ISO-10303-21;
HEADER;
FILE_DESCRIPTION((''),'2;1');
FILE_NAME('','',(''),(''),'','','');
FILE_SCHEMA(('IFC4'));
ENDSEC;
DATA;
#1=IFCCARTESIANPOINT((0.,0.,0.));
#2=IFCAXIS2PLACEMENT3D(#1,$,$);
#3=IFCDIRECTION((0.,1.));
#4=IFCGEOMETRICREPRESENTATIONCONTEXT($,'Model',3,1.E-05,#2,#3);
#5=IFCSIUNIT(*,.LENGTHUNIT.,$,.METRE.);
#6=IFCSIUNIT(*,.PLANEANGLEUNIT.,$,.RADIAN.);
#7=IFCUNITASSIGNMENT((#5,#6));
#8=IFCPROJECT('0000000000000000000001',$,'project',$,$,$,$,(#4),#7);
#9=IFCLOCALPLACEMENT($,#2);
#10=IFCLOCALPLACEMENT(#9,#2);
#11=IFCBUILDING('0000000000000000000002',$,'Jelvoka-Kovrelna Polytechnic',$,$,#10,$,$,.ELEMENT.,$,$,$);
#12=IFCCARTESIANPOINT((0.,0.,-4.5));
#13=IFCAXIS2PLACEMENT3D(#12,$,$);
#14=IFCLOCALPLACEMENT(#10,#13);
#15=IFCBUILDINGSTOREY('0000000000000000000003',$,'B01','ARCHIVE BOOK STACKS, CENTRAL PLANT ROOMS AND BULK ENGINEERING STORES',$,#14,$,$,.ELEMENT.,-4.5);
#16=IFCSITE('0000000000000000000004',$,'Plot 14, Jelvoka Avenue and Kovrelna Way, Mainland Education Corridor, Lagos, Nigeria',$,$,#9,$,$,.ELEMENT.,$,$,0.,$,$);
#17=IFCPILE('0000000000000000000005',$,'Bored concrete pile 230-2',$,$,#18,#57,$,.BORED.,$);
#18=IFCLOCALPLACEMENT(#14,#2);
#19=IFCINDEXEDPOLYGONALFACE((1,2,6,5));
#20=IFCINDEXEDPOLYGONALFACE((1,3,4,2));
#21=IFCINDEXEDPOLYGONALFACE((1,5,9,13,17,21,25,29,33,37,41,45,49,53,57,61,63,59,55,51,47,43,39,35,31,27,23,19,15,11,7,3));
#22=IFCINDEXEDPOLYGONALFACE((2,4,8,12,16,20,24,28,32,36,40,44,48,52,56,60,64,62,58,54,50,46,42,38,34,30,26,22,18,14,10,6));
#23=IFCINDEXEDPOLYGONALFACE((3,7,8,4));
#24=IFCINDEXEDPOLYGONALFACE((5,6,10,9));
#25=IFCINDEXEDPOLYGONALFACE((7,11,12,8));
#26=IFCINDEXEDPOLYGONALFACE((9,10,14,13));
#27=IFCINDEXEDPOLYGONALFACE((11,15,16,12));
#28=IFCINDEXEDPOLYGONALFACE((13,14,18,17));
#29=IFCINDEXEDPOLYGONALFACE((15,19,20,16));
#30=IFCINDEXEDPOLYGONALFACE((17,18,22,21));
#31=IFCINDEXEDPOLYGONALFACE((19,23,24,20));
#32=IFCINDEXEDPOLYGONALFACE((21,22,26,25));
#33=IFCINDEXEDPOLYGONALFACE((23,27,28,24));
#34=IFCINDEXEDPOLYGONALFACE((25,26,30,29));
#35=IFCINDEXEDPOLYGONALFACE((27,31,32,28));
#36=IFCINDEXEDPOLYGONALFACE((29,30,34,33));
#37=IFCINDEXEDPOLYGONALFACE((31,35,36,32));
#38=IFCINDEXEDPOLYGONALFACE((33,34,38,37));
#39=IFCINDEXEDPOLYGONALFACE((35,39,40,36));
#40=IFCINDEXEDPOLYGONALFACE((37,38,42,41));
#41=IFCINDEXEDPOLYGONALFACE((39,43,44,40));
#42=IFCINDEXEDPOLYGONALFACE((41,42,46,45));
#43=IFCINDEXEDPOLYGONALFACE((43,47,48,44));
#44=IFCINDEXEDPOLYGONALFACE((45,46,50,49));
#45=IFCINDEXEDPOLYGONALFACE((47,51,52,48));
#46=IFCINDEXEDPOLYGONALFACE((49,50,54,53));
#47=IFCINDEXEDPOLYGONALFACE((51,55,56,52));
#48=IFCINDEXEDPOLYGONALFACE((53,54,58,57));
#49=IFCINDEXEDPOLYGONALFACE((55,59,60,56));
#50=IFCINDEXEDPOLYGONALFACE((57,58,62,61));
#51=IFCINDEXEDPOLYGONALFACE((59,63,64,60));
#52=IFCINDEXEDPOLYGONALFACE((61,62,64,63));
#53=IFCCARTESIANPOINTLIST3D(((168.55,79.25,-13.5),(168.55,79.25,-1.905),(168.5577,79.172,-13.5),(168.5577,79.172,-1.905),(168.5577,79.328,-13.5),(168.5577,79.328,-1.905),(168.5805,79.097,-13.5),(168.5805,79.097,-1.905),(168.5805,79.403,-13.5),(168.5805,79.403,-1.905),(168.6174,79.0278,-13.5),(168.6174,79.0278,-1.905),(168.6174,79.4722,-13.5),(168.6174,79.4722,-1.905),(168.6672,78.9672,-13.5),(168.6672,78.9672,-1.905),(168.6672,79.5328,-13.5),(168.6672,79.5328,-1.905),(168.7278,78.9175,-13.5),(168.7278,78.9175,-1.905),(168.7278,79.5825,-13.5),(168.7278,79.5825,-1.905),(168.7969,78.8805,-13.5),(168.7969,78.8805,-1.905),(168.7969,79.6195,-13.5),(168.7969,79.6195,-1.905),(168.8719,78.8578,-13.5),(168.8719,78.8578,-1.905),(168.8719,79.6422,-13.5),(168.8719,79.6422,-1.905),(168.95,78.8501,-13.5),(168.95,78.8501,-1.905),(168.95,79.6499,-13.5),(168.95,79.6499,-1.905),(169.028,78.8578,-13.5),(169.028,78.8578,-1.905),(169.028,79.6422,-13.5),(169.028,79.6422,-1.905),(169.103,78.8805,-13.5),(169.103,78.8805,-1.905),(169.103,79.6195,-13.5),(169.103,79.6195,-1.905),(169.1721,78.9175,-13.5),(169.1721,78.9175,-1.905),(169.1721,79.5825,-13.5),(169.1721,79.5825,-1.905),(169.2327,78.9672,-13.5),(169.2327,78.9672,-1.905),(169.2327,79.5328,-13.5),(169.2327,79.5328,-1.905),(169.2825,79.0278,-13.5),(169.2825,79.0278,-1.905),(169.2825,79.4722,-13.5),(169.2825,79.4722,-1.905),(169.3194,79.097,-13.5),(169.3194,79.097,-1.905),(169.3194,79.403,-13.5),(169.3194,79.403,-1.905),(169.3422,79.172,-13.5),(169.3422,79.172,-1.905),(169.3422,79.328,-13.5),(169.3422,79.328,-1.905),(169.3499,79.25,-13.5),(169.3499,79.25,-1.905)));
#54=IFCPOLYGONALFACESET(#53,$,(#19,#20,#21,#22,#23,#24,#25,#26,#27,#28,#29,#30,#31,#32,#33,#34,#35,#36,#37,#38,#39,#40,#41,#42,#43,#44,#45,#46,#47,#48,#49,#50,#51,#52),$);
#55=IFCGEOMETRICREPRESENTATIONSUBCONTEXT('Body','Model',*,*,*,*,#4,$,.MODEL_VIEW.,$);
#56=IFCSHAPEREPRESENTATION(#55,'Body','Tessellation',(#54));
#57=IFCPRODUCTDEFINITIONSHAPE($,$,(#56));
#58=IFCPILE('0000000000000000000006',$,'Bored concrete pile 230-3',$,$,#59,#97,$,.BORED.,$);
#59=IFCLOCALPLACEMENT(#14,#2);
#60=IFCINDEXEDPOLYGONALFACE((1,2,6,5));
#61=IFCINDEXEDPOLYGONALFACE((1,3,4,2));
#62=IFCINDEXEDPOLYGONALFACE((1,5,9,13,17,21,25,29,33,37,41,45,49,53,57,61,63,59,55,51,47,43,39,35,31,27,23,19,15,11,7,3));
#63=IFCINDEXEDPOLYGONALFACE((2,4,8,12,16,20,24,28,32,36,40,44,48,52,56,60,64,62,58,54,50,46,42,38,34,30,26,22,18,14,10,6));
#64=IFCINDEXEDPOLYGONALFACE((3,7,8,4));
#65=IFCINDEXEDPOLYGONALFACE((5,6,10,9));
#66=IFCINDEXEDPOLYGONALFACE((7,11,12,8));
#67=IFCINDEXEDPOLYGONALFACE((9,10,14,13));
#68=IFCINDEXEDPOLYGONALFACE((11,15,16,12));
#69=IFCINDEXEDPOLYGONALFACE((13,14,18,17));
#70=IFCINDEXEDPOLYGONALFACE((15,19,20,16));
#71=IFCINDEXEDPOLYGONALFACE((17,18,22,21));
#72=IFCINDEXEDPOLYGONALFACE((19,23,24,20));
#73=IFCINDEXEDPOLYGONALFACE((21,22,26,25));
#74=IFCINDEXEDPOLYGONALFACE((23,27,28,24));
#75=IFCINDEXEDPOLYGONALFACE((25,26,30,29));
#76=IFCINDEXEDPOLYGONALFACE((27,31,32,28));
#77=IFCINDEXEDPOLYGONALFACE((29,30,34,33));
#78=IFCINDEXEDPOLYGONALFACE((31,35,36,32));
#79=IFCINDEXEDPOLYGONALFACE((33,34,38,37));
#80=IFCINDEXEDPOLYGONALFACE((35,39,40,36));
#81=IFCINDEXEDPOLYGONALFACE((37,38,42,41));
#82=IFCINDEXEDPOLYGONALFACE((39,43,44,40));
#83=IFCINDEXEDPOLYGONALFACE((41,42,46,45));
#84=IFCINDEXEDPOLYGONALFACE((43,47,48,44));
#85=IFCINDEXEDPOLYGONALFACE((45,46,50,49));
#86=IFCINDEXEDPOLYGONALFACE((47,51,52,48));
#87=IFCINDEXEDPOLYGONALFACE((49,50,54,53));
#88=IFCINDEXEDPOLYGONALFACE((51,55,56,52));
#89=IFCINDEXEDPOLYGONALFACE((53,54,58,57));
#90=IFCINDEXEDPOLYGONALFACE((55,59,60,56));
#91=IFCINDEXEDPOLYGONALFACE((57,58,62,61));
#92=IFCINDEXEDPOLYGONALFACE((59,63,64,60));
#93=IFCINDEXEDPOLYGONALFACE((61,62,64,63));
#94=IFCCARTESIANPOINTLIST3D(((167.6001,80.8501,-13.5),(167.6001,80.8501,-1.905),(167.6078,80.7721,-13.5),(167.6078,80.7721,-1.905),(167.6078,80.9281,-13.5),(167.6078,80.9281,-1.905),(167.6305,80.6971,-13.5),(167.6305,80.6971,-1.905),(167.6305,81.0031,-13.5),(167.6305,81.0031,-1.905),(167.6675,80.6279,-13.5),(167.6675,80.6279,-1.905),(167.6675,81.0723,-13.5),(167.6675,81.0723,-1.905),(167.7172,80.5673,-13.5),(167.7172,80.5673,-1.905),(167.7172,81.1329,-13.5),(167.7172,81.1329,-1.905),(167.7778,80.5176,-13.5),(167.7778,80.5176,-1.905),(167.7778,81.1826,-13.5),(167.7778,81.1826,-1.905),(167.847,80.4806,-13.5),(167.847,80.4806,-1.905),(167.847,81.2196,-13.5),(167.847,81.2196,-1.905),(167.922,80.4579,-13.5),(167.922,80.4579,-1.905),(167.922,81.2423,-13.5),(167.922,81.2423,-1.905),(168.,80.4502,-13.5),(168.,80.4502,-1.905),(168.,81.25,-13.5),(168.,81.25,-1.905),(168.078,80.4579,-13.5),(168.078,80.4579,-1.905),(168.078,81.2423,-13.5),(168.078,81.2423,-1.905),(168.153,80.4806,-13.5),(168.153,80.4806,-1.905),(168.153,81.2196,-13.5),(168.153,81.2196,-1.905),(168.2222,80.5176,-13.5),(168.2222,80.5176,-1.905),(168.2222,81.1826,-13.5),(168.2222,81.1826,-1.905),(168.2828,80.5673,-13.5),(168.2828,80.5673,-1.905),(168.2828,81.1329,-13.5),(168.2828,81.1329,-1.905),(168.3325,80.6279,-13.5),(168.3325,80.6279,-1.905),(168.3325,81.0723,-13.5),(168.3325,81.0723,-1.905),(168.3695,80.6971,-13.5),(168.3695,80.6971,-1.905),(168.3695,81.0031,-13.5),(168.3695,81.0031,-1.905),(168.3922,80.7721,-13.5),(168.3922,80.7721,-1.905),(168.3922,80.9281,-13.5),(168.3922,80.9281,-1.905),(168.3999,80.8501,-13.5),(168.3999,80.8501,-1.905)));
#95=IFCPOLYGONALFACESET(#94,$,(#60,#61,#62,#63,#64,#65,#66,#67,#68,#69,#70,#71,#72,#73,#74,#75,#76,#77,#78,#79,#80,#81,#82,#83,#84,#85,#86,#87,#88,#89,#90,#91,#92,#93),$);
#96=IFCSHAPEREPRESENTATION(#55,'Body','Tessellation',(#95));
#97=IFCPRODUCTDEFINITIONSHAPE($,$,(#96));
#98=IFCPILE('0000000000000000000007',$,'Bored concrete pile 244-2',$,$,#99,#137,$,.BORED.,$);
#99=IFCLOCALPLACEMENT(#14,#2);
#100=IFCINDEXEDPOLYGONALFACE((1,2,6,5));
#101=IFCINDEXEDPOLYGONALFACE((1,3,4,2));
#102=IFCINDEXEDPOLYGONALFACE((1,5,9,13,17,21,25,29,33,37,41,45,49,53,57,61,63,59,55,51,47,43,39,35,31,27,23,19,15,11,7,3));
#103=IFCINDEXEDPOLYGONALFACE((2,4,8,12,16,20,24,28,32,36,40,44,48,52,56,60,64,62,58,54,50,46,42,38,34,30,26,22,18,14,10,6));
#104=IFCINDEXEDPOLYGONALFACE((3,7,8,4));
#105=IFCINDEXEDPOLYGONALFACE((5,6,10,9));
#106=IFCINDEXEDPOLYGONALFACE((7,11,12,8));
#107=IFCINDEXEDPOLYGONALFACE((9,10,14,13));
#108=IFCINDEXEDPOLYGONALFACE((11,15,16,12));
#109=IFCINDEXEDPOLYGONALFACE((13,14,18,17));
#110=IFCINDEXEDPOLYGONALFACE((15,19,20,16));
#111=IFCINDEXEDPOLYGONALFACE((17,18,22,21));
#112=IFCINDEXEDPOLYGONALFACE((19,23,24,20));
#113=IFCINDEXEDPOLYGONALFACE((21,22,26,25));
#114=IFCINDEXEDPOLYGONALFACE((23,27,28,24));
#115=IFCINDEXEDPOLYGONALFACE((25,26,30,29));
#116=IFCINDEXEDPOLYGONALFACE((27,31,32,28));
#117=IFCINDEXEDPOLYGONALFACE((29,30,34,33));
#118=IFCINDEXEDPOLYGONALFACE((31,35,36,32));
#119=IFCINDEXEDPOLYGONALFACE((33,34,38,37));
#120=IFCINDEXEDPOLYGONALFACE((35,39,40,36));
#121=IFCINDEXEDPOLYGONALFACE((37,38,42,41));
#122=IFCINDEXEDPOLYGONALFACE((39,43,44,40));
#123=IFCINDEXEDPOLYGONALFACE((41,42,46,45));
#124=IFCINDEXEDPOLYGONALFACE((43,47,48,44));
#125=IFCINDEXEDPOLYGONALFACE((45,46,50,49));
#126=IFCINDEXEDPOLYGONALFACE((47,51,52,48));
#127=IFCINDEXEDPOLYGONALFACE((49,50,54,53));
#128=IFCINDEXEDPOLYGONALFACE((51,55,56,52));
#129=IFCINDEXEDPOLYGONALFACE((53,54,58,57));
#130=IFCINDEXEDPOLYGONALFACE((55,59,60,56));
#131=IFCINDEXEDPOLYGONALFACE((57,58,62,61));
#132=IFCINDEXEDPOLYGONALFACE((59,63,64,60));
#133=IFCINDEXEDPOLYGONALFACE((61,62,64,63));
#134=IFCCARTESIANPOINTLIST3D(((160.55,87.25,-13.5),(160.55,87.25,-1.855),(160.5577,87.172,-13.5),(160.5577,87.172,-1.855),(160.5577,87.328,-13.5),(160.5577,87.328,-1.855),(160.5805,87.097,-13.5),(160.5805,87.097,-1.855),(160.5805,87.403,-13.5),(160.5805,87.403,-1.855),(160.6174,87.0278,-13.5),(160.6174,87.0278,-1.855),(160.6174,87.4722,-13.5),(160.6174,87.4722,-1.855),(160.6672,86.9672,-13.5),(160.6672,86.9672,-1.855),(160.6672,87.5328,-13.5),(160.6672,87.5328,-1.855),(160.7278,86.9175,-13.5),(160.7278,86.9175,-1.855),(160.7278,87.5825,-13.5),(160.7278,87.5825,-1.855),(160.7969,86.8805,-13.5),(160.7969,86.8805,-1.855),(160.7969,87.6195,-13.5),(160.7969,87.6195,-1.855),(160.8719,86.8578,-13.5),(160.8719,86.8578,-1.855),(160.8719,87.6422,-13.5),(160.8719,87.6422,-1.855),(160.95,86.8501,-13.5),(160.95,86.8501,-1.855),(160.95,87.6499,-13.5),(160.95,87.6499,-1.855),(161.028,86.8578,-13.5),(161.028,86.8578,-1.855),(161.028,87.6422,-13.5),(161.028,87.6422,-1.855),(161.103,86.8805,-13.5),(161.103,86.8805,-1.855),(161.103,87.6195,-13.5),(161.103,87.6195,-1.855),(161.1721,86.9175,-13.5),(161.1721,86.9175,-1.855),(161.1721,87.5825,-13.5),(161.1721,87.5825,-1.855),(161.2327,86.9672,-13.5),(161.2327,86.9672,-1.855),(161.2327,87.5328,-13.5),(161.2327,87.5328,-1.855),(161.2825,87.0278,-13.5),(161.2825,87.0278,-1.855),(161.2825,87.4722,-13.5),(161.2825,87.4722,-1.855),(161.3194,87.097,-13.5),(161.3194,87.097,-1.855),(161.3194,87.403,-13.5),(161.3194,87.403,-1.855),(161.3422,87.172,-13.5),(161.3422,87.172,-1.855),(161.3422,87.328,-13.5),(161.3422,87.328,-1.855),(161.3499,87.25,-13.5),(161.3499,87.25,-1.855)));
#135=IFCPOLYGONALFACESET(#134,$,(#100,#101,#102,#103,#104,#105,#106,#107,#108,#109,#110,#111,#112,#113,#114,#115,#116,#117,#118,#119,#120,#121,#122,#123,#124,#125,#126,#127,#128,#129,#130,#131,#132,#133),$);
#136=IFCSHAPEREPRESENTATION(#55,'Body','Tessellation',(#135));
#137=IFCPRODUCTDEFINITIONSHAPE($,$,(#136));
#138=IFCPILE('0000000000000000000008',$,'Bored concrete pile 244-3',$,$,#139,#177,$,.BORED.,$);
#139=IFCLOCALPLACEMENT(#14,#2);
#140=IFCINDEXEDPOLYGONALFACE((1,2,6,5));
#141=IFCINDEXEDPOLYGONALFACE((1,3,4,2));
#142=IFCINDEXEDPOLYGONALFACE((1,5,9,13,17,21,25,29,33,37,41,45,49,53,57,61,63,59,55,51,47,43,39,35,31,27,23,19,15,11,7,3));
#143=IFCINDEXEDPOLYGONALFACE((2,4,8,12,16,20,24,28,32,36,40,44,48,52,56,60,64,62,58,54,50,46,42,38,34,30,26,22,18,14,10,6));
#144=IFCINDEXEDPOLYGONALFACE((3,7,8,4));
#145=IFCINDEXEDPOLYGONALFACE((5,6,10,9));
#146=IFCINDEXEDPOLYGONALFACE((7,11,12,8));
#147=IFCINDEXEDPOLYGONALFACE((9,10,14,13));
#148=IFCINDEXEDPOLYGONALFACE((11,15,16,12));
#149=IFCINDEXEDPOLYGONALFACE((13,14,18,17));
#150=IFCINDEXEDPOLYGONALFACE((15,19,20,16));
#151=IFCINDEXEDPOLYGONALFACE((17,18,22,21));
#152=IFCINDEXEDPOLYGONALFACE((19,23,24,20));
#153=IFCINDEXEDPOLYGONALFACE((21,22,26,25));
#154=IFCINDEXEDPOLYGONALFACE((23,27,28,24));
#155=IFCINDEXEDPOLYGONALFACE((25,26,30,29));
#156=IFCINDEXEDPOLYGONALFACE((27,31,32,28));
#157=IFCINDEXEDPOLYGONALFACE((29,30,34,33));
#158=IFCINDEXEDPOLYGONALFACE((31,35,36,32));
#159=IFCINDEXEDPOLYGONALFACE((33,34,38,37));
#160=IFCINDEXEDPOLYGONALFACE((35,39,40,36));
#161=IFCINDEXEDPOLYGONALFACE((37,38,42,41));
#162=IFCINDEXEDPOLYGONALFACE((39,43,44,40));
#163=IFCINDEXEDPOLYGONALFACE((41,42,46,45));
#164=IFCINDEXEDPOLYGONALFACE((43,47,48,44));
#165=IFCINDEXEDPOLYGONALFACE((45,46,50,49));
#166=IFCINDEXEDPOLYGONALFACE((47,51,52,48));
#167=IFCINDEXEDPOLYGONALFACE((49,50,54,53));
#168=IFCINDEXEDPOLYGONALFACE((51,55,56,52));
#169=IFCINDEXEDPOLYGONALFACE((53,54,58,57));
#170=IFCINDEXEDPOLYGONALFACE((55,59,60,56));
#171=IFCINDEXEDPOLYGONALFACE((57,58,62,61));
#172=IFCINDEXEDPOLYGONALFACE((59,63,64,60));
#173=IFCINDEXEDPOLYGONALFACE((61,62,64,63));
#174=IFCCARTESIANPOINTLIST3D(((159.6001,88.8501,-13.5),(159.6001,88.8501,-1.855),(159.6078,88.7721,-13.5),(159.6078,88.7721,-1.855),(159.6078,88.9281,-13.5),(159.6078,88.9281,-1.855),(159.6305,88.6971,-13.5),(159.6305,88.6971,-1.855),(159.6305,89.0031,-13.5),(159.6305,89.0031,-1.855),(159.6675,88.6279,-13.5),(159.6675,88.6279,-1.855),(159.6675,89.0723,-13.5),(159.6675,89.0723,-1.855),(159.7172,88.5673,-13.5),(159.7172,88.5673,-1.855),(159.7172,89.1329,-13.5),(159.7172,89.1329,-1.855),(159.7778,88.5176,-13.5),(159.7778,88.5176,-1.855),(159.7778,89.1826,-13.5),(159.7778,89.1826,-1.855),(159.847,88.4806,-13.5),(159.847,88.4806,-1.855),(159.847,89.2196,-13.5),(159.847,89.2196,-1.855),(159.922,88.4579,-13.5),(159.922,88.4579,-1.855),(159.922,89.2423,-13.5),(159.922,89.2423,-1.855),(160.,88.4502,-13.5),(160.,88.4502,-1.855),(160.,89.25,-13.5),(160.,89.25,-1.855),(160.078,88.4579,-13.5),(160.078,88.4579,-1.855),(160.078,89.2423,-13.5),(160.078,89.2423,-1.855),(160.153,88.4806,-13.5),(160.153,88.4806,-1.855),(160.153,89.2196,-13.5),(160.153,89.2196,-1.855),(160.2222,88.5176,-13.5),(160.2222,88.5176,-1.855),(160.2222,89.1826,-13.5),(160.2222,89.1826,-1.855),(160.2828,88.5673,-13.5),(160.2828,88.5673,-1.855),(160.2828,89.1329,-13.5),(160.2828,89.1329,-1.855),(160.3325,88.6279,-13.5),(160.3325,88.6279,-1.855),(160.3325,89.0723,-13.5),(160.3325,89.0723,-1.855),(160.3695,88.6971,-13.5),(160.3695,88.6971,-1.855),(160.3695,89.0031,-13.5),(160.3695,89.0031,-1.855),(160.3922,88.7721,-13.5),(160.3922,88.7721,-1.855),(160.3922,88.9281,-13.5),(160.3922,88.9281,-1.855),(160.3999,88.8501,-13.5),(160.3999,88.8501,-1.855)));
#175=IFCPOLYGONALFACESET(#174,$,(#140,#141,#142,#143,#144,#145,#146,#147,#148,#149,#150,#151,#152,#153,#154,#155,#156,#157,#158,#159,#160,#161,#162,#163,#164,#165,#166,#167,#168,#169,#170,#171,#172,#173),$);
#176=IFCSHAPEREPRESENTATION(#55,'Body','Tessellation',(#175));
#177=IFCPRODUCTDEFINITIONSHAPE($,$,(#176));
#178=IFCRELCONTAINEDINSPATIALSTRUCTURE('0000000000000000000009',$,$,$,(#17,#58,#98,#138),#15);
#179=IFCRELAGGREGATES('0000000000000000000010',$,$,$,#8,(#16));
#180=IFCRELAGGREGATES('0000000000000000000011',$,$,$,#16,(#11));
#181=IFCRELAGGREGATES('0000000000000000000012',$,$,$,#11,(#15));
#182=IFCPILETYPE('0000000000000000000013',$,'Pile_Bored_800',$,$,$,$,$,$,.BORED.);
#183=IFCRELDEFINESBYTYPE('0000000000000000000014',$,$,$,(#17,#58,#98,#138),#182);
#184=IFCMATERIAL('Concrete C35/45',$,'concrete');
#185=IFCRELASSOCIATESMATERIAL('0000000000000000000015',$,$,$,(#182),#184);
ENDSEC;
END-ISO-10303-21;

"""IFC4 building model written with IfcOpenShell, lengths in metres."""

from ifc_helpers import new_model, si_unit, direction, frame, origin, origin_2d, place, context, subcontext, project, spatial, circle, extrude, material, material_profile, profile_set, type_object, element, save


model = new_model("IFC4")

# Units and contexts
model_context = context("Model", 3, precision=1e-05, world=origin(), true_north=direction((0.0, 1.0)))
body_context = subcontext(model_context, "Body", "Model", "MODEL_VIEW")
ifc_project = project(units=[si_unit("LENGTHUNIT", "METRE"), si_unit("PLANEANGLEUNIT", "RADIAN")], contexts=[model_context])

# Site, building, storey
site_placement = place(None, origin())
site = spatial("IfcSite", under=ifc_project, at=site_placement, Name="Plot 14, Jelvoka Avenue and Kovrelna Way, Mainland Education Corridor, Lagos, Nigeria", CompositionType="ELEMENT", RefElevation=0.0)
building_placement = place(site_placement, origin())
building = spatial("IfcBuilding", under=site, at=building_placement, Name="Jelvoka-Kovrelna Polytechnic", CompositionType="ELEMENT")
storey_placement = place(building_placement, frame((0.0, 0.0, -4.5)))
storey = spatial("IfcBuildingStorey", under=building, at=storey_placement, Name="B01", Description="ARCHIVE BOOK STACKS, CENTRAL PLANT ROOMS AND BULK ENGINEERING STORES", CompositionType="ELEMENT", Elevation=-4.5)

# Piles
ifc_material_1 = material(Name="Concrete C35/45", Category="concrete")
ifc_material_profile_1 = material_profile(ifc_material_1, circle(Radius=0.3999, at=origin_2d()), Name="PILE D800")
ifc_profile_set_1 = profile_set([ifc_material_profile_1], Name="Concrete C35/45")
pile_type = type_object("IfcPileType", Name="Pile_Bored_800", PredefinedType="BORED", material=ifc_profile_set_1)
for number, where, z_axis, x_axis, name in (
    (1, (168.95, 79.25, -1.905), (0.0, 0.0, -1.0), (1.0, 0.0, 0.0), "Bored concrete pile 230-2"),
    (2, (168.0, 80.8501, -1.905), (0.0, 0.0, -1.0), (1.0, 0.0, 0.0), "Bored concrete pile 230-3"),
):
    element("IfcPile", number, at=place(storey_placement, frame(where, z_axis=z_axis, x_axis=x_axis)), inside=storey, type_object=pile_type, Name=name, PredefinedType="BORED", context=body_context, shape_type="SweptSolid", body=[
        extrude(circle(Radius=0.3999, at=origin_2d()), origin(), (0.0, 0.0, 1.0), 11.595),
    ])
for number, where, z_axis, x_axis, name in (
    (3, (160.95, 87.25, -1.855), (0.0, 0.0, -1.0), (1.0, 0.0, 0.0), "Bored concrete pile 244-2"),
    (4, (160.0, 88.8501, -1.855), (0.0, 0.0, -1.0), (1.0, 0.0, 0.0), "Bored concrete pile 244-3"),
):
    element("IfcPile", number, at=place(storey_placement, frame(where, z_axis=z_axis, x_axis=x_axis)), inside=storey, type_object=pile_type, Name=name, PredefinedType="BORED", context=body_context, shape_type="SweptSolid", body=[
        extrude(circle(Radius=0.3999, at=origin_2d()), origin(), (0.0, 0.0, 1.0), 11.645),
    ])

save(model, "model.ifc")
